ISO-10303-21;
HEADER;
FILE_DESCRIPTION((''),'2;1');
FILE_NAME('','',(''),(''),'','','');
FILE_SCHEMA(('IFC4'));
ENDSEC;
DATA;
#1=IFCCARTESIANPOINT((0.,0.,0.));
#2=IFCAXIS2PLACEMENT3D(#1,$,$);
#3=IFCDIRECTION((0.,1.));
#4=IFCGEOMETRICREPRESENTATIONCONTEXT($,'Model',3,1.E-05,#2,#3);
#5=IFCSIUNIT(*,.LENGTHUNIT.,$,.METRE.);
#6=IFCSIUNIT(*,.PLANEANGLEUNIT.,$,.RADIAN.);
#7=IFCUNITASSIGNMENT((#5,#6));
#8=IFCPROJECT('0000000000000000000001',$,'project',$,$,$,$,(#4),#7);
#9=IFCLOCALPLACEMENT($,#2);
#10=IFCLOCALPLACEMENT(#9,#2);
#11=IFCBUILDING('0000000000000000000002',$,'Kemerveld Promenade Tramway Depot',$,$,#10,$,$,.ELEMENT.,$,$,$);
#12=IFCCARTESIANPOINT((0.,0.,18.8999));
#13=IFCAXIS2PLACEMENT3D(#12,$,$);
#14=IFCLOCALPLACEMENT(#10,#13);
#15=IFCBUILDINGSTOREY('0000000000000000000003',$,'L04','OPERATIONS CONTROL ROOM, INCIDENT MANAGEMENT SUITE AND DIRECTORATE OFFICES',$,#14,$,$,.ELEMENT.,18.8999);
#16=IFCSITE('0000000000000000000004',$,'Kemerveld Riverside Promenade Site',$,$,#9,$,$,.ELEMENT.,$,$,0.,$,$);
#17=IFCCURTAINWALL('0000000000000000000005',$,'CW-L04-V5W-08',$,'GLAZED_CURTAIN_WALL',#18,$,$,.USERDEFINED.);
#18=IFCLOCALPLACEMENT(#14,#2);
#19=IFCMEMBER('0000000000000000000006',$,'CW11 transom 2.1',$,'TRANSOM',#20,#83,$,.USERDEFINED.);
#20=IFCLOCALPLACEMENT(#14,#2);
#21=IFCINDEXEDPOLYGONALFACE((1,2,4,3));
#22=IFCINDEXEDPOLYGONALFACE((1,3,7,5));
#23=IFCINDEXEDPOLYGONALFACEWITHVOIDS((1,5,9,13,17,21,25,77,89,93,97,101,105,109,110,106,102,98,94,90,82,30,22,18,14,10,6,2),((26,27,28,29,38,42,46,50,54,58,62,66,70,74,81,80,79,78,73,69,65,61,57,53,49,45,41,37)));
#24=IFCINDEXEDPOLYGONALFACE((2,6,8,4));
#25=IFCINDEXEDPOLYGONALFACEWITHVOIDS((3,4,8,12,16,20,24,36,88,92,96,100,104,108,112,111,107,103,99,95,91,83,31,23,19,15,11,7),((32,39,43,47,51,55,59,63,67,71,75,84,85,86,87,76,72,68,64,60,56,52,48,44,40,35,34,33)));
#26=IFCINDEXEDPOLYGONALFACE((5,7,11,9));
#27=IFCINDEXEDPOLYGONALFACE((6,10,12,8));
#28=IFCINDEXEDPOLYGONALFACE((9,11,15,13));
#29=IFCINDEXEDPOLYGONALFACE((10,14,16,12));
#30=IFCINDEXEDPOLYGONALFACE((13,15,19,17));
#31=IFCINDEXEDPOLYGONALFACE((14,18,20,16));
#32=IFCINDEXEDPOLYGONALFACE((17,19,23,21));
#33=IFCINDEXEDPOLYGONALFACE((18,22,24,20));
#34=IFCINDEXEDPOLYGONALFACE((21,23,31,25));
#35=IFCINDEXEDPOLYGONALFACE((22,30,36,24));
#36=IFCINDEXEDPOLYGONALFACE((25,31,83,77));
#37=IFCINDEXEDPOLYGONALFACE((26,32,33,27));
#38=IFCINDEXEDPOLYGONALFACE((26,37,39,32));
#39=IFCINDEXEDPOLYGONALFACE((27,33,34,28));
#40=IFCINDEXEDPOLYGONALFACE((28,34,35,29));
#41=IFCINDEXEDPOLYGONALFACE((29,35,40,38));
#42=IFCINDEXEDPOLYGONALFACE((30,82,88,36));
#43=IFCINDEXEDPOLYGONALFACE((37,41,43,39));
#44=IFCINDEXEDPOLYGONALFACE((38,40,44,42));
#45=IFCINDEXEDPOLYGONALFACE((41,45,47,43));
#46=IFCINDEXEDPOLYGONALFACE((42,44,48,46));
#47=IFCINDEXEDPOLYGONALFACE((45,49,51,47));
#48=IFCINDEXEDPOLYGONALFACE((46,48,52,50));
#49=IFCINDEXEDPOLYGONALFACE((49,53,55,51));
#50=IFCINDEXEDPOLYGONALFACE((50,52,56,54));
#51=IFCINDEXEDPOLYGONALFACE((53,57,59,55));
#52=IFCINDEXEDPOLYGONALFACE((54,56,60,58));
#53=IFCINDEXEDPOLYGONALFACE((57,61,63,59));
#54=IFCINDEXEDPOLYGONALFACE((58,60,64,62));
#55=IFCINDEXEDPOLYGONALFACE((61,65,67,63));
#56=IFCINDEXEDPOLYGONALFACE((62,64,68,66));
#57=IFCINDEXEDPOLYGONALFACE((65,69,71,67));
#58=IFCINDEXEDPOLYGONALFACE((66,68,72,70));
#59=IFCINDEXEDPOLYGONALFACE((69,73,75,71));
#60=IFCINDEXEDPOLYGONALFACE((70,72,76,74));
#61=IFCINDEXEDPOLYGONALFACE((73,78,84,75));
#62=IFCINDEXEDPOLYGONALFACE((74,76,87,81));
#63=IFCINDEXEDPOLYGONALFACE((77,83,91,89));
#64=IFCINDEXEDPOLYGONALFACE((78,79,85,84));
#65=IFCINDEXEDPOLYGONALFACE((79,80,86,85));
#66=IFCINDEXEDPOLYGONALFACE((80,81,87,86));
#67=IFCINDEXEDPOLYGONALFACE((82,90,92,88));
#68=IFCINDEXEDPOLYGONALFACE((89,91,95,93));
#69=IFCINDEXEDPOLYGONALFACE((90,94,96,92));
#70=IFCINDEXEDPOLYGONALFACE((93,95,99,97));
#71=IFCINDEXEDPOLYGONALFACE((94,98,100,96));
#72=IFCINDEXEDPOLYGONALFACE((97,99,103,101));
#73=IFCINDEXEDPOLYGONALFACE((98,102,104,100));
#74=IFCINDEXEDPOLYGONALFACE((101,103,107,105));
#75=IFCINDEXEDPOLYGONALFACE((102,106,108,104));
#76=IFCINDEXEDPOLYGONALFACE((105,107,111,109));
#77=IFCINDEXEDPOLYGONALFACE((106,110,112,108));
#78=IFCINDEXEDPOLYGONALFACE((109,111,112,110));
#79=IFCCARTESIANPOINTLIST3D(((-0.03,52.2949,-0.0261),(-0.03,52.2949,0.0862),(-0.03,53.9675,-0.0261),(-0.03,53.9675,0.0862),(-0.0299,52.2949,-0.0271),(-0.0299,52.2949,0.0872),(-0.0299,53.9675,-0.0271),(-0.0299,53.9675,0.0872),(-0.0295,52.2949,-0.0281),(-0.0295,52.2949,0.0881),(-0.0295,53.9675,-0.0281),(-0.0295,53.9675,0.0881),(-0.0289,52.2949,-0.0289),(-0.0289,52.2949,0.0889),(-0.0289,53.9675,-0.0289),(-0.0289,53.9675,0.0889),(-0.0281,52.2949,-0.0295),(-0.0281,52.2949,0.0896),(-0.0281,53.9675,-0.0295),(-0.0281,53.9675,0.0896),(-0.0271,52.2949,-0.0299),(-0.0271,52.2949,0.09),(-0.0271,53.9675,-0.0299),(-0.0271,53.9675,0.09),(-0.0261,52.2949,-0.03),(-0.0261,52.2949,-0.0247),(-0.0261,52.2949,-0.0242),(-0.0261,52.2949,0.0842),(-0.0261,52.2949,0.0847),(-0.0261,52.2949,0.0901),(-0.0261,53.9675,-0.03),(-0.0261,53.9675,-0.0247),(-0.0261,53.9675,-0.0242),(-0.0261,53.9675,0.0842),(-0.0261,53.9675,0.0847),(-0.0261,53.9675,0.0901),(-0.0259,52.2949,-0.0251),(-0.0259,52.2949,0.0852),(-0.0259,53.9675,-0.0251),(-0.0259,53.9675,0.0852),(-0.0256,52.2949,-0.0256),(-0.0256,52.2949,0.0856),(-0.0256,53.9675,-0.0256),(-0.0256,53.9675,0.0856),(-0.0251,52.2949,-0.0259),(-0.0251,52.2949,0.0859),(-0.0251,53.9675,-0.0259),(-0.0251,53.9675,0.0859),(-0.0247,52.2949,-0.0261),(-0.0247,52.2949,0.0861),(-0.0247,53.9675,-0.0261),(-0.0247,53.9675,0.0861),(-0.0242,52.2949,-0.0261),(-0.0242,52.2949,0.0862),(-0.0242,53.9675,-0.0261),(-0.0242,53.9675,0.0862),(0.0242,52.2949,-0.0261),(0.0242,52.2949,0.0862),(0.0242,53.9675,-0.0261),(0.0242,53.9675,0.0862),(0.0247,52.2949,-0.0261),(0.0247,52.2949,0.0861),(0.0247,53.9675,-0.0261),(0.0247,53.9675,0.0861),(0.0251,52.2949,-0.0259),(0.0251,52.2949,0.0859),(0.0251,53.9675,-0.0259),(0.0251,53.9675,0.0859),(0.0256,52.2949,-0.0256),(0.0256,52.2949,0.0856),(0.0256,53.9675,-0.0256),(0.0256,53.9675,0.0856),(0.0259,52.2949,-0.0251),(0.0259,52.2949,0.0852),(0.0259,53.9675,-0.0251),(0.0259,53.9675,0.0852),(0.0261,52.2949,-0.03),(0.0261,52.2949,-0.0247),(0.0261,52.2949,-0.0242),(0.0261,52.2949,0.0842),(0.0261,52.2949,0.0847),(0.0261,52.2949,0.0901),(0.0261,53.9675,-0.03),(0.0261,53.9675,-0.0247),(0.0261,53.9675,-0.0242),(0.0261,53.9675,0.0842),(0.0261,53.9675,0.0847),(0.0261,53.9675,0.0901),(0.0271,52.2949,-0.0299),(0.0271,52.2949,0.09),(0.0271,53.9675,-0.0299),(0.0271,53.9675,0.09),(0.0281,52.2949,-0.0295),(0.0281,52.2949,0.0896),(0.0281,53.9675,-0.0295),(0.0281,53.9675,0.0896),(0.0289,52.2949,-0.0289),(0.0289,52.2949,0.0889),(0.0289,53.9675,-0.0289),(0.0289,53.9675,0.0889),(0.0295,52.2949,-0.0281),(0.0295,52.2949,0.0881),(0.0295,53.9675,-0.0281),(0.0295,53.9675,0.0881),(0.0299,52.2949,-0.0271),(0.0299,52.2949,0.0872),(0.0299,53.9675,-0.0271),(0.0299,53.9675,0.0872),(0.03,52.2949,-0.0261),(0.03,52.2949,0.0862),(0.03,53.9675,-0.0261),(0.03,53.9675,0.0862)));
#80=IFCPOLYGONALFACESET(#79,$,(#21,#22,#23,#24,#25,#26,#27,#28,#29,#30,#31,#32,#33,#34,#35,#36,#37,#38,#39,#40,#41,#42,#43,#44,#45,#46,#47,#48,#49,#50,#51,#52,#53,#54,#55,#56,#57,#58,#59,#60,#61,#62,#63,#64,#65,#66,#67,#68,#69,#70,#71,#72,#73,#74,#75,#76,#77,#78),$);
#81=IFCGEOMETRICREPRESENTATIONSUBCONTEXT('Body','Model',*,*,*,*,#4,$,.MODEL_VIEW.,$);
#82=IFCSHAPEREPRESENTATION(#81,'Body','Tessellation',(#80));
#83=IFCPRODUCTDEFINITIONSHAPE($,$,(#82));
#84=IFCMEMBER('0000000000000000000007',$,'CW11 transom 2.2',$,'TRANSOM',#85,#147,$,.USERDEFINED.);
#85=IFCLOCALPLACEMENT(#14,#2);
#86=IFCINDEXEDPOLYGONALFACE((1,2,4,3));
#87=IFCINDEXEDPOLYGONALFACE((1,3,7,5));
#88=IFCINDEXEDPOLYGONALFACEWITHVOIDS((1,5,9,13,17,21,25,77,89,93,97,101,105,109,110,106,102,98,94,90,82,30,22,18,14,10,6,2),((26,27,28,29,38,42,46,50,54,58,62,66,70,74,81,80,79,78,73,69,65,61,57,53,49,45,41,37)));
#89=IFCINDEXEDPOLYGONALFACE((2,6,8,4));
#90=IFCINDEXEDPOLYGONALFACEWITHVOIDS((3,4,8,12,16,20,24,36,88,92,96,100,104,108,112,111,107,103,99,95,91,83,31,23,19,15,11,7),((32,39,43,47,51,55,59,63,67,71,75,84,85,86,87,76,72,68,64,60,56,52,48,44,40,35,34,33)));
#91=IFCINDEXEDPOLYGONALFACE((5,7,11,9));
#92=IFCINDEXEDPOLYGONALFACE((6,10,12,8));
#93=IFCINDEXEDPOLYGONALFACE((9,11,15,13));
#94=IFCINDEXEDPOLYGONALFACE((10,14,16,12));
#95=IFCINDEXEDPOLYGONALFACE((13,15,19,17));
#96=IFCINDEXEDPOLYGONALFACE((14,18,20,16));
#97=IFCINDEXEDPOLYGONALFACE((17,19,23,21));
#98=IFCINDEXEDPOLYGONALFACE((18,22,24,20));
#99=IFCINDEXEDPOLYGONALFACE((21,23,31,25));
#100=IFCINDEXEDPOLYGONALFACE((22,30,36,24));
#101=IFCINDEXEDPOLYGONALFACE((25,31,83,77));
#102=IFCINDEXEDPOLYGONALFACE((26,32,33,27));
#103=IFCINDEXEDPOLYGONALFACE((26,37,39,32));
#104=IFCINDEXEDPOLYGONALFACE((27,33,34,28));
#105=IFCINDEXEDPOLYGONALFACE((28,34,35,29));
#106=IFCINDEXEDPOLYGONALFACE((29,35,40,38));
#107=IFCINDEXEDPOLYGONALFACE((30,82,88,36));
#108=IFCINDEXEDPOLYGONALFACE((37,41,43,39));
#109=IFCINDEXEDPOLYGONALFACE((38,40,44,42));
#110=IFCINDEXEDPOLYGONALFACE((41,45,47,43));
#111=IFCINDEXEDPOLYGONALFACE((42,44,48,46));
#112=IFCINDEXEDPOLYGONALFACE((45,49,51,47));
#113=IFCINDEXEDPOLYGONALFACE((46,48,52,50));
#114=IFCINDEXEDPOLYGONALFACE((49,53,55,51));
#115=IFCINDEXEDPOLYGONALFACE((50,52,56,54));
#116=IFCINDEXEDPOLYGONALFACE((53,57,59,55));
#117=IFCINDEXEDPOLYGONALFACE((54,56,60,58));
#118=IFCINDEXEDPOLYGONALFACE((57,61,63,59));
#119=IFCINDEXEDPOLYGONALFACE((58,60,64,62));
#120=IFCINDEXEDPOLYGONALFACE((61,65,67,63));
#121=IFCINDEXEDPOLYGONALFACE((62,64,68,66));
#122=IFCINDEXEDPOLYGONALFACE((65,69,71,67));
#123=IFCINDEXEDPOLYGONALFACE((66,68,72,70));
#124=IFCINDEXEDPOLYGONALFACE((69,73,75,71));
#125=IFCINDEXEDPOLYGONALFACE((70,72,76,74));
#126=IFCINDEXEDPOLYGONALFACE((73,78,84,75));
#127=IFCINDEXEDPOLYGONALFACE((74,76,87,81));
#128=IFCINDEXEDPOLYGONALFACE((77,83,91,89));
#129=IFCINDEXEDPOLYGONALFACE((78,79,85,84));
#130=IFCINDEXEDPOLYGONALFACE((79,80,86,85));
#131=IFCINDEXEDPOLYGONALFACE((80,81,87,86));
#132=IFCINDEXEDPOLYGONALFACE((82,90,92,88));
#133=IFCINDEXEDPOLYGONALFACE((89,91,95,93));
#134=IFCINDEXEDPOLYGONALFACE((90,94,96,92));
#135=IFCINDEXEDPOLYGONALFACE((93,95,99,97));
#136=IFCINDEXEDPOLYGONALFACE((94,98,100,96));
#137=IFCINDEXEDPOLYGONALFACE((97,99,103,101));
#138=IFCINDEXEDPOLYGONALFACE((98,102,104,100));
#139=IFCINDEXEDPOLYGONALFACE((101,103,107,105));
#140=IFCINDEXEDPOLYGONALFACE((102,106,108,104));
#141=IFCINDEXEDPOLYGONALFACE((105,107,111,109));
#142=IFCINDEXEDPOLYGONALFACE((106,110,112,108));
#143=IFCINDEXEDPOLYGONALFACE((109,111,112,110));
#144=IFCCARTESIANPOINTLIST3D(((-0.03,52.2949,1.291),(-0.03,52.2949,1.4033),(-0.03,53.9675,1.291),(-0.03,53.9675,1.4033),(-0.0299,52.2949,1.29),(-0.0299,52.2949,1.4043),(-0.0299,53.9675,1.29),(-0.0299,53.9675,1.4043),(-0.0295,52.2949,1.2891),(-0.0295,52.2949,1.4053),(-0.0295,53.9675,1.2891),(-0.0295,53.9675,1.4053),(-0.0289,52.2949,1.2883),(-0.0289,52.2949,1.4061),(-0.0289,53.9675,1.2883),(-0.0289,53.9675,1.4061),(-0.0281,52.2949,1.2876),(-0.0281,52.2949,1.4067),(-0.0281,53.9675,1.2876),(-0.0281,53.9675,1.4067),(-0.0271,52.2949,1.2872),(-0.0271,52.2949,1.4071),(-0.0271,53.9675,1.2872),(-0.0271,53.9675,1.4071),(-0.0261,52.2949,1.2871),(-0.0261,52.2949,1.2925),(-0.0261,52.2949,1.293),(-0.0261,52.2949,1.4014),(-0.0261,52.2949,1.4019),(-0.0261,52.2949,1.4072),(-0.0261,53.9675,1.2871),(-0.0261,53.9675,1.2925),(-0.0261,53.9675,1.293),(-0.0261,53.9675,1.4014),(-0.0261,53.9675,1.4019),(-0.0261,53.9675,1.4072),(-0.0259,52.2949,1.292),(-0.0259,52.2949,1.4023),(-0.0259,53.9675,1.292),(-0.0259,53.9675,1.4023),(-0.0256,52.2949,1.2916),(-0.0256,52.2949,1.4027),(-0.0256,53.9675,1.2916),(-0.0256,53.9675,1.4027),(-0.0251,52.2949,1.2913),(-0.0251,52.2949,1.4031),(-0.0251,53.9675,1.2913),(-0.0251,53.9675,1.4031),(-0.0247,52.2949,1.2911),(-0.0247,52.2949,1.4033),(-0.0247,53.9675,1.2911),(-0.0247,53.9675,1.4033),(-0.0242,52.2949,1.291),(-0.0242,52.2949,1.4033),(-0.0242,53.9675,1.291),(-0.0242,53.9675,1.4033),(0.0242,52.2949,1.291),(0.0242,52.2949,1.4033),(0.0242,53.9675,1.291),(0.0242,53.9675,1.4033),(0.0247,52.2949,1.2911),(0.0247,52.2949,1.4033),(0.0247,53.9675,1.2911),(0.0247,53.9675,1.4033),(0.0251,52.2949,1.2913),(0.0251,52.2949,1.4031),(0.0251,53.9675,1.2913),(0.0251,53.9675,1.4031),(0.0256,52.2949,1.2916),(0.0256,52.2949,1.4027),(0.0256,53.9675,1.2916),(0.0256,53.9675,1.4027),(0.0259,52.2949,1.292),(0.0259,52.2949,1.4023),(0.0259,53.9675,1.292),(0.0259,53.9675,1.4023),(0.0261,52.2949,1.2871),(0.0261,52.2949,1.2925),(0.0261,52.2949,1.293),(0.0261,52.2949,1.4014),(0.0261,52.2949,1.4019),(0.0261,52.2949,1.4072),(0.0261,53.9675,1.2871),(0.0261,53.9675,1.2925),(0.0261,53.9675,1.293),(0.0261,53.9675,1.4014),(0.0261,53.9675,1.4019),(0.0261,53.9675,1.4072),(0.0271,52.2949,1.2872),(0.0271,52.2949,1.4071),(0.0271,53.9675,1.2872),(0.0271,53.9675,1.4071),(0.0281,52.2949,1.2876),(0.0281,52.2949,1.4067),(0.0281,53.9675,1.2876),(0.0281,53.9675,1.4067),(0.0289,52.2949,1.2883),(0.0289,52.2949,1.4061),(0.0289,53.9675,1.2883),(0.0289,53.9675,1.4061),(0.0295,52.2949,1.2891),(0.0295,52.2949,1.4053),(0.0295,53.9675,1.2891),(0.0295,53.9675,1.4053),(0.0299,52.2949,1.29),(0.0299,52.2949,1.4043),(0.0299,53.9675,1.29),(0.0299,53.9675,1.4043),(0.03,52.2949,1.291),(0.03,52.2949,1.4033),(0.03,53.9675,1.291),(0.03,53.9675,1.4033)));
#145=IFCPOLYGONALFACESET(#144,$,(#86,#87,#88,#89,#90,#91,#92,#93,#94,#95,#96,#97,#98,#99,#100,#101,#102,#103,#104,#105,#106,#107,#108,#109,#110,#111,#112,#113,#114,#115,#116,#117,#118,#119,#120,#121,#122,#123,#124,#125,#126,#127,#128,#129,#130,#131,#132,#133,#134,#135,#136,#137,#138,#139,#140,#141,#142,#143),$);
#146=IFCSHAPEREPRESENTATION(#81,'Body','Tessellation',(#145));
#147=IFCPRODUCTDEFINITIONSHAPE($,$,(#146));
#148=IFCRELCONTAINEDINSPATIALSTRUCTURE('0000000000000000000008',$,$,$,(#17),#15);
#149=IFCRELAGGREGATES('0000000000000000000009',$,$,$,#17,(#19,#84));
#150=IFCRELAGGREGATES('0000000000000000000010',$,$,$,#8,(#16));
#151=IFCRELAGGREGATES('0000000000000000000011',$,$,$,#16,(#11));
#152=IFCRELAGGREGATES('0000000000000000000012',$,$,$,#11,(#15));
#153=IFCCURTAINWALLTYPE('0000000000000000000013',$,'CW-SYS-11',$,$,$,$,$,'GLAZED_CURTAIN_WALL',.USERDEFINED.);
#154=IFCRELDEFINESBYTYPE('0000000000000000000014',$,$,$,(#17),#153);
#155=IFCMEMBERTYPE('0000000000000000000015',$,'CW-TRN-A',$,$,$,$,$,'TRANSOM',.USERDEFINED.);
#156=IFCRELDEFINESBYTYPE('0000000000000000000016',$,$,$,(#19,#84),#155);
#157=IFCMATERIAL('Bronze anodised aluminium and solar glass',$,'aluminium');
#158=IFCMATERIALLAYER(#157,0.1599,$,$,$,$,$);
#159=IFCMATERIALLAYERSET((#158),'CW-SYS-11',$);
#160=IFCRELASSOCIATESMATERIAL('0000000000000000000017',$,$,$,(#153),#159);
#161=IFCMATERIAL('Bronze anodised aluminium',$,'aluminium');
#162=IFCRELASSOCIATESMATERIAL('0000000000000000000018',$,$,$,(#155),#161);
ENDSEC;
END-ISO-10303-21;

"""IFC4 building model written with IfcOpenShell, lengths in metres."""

from ifc_helpers import new_model, si_unit, direction, frame, origin, origin_2d, place, context, subcontext, project, spatial, hollow_rectangle, extrude, material, layer, layer_set, material_profile, profile_set, type_object, element, aggregate, save


model = new_model("IFC4")

# Units and contexts
model_context = context("Model", 3, precision=1e-05, world=origin(), true_north=direction((0.0, 1.0)))
body_context = subcontext(model_context, "Body", "Model", "MODEL_VIEW")
ifc_project = project(units=[si_unit("LENGTHUNIT", "METRE"), si_unit("PLANEANGLEUNIT", "RADIAN")], contexts=[model_context])

# Site, building, storey
site_placement = place(None, origin())
site = spatial("IfcSite", under=ifc_project, at=site_placement, Name="Kemerveld Riverside Promenade Site", CompositionType="ELEMENT", RefElevation=0.0)
building_placement = place(site_placement, origin())
building = spatial("IfcBuilding", under=site, at=building_placement, Name="Kemerveld Promenade Tramway Depot", CompositionType="ELEMENT")
storey_placement = place(building_placement, frame((0.0, 0.0, 18.8999)))
storey = spatial("IfcBuildingStorey", under=building, at=storey_placement, Name="L04", Description="OPERATIONS CONTROL ROOM, INCIDENT MANAGEMENT SUITE AND DIRECTORATE OFFICES", CompositionType="ELEMENT", Elevation=18.8999)

# Curtain wall, members
ifc_material_1 = material(Name="Bronze anodised aluminium and solar glass", Category="aluminium")
ifc_layer_1 = layer(ifc_material_1, 0.1599)
ifc_layer_set_1 = layer_set([ifc_layer_1], Name="CW-SYS-11")
curtain_wall_type = type_object("IfcCurtainWallType", Name="CW-SYS-11", ElementType="GLAZED_CURTAIN_WALL", PredefinedType="USERDEFINED", material=ifc_layer_set_1)
curtain_wall_placement = place(storey_placement, origin())
curtain_wall = element("IfcCurtainWall", 1, at=curtain_wall_placement, inside=storey, type_object=curtain_wall_type, Name="CW-L04-V5W-08", ObjectType="GLAZED_CURTAIN_WALL", PredefinedType="USERDEFINED")
ifc_material_2 = material(Name="Bronze anodised aluminium", Category="aluminium")
ifc_material_profile_1 = material_profile(ifc_material_2, hollow_rectangle(XDim=0.0601, YDim=0.1201, WallThickness=0.0039, InnerFilletRadius=0.002, OuterFilletRadius=0.0039, at=origin_2d()), Name="CW-TRN-120x60")
ifc_profile_set_1 = profile_set([ifc_material_profile_1], Name="Bronze anodised aluminium")
member_type_1 = type_object("IfcMemberType", Name="CW-TRN-A", ElementType="TRANSOM", PredefinedType="USERDEFINED", material=ifc_profile_set_1)
member_1_placement = place(storey_placement, frame((0.0, 52.2949, 0.03), z_axis=(0.0, 1.0, 0.0), x_axis=(-1.0, 0.0, 0.0)))
member_1 = element("IfcMember", 2, at=member_1_placement, type_object=member_type_1, Name="CW11 transom 2.1", ObjectType="TRANSOM", PredefinedType="USERDEFINED", context=body_context, shape_type="SweptSolid", body=[
    extrude(hollow_rectangle(XDim=0.0601, YDim=0.1201, WallThickness=0.0039, InnerFilletRadius=0.002, OuterFilletRadius=0.0039, at=origin_2d()), origin(), (0.0, 0.0, 1.0), 1.6726),
])
member_2_placement = place(storey_placement, frame((0.0, 52.2949, 1.3472), z_axis=(0.0, 1.0, 0.0), x_axis=(-1.0, 0.0, 0.0)))
member_2 = element("IfcMember", 3, at=member_2_placement, type_object=member_type_1, Name="CW11 transom 2.2", ObjectType="TRANSOM", PredefinedType="USERDEFINED", context=body_context, shape_type="SweptSolid", body=[
    extrude(hollow_rectangle(XDim=0.0601, YDim=0.1201, WallThickness=0.0039, InnerFilletRadius=0.002, OuterFilletRadius=0.0039, at=origin_2d()), origin(), (0.0, 0.0, 1.0), 1.6726),
])
aggregate(curtain_wall, [member_1, member_2])

save(model, "model.ifc")
